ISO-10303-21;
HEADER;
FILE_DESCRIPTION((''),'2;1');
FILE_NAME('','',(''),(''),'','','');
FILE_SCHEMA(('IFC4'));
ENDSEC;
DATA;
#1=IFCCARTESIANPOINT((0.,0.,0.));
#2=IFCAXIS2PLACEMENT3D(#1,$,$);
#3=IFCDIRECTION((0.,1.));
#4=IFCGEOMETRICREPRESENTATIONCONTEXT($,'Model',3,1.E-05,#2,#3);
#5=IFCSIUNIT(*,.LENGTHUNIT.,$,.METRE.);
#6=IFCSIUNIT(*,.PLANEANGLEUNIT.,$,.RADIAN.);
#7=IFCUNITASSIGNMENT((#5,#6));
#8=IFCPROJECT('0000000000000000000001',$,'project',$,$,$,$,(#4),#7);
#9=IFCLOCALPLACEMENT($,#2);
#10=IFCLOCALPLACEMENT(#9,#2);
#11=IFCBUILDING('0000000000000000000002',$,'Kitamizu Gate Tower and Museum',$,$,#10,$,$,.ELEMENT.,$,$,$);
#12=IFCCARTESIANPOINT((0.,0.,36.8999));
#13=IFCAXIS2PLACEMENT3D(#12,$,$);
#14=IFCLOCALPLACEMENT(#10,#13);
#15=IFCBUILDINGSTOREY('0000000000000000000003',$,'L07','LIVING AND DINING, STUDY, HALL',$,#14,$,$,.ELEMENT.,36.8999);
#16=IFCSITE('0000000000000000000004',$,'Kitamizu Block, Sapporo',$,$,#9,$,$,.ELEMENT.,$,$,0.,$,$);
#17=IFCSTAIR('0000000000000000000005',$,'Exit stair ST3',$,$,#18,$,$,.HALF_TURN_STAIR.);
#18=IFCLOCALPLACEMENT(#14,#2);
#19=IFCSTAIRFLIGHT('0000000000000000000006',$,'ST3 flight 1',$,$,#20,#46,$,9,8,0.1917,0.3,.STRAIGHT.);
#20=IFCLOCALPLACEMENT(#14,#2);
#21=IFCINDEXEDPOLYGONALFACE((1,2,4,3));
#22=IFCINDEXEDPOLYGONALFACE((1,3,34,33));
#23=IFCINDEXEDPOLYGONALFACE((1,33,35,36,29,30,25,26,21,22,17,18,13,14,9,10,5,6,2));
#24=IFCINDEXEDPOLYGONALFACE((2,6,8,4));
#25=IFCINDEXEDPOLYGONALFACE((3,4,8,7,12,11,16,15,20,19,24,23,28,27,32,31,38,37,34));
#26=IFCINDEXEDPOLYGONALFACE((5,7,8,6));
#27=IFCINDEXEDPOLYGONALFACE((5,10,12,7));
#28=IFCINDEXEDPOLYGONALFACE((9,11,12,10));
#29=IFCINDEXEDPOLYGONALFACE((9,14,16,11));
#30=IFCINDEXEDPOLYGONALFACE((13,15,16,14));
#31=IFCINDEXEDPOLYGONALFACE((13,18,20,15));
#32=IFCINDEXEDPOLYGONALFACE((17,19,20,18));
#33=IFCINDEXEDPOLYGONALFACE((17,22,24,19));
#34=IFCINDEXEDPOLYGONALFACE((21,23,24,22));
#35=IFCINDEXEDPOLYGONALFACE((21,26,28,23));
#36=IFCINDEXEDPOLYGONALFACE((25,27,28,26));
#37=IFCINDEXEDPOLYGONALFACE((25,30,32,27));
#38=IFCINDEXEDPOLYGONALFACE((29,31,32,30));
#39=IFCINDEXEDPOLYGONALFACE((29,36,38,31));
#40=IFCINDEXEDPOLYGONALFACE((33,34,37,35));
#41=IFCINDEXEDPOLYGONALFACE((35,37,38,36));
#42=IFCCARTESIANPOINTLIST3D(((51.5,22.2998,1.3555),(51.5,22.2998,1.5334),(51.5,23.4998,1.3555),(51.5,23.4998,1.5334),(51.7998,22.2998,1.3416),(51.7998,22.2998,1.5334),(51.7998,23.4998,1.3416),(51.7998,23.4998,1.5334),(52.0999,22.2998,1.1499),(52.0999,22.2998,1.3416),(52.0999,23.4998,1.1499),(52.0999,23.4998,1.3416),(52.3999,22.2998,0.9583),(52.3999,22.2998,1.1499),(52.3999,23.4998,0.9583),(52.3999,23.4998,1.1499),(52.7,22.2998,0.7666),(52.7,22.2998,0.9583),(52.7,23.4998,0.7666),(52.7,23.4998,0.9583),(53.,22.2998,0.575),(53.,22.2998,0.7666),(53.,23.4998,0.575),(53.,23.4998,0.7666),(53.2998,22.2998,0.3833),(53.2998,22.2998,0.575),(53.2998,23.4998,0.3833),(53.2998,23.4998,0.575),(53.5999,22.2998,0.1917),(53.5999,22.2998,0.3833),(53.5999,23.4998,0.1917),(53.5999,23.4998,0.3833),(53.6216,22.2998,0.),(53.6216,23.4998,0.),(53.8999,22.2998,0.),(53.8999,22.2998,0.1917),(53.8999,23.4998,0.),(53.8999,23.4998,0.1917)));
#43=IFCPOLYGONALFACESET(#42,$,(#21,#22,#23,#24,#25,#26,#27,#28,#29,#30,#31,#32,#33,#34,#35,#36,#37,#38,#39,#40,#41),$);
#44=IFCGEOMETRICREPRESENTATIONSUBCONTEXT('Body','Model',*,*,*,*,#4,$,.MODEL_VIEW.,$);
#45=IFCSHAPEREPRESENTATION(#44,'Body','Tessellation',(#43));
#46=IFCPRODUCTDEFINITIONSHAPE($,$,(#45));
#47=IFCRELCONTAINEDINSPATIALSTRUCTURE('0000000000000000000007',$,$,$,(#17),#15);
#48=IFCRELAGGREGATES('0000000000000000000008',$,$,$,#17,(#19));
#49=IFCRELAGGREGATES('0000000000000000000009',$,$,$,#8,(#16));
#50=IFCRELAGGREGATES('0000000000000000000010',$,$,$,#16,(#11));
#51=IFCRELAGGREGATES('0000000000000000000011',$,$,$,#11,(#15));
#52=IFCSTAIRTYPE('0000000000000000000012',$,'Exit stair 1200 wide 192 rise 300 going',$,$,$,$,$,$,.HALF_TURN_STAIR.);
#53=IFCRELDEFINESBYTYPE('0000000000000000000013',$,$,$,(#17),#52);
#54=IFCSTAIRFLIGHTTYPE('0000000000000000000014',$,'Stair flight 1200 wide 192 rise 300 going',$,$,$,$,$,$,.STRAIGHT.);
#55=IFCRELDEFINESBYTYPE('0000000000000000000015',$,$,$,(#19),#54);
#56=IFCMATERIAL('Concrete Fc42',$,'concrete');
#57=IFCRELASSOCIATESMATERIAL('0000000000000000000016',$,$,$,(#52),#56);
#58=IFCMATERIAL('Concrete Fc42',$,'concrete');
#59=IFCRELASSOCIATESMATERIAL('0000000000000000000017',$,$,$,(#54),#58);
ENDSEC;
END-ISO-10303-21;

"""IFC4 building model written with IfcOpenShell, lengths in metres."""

from ifc_helpers import new_model, si_unit, direction, frame, origin, place, context, subcontext, project, spatial, polyline, outline, extrude, material, type_object, element, aggregate, save


model = new_model("IFC4")

# Units and contexts
model_context = context("Model", 3, precision=1e-05, world=origin(), true_north=direction((0.0, 1.0)))
body_context = subcontext(model_context, "Body", "Model", "MODEL_VIEW")
ifc_project = project(units=[si_unit("LENGTHUNIT", "METRE"), si_unit("PLANEANGLEUNIT", "RADIAN")], contexts=[model_context])

# Site, building, storey
site_placement = place(None, origin())
site = spatial("IfcSite", under=ifc_project, at=site_placement, Name="Kitamizu Block, Sapporo", CompositionType="ELEMENT", RefElevation=0.0)
building_placement = place(site_placement, origin())
building = spatial("IfcBuilding", under=site, at=building_placement, Name="Kitamizu Gate Tower and Museum", CompositionType="ELEMENT")
storey_placement = place(building_placement, frame((0.0, 0.0, 36.8999)))
storey = spatial("IfcBuildingStorey", under=building, at=storey_placement, Name="L07", Description="LIVING AND DINING, STUDY, HALL", CompositionType="ELEMENT", Elevation=36.8999)

# Stair, stair flight
ifc_material_1 = material(Name="Concrete Fc42", Category="concrete")
stair_type = type_object("IfcStairType", Name="Exit stair 1200 wide 192 rise 300 going", PredefinedType="HALF_TURN_STAIR", material=ifc_material_1)
stair_placement = place(storey_placement, origin())
stair = element("IfcStair", 1, at=stair_placement, inside=storey, type_object=stair_type, Name="Exit stair ST3", PredefinedType="HALF_TURN_STAIR")
ifc_material_2 = material(Name="Concrete Fc42", Category="concrete")
stair_flight_type = type_object("IfcStairFlightType", Name="Stair flight 1200 wide 192 rise 300 going", PredefinedType="STRAIGHT", material=ifc_material_2)
stair_flight_placement = place(storey_placement, frame((53.8999, 22.8999, 0.0), z_axis=(0.0, 0.0, 1.0), x_axis=(-1.0, 0.0, 0.0)))
stair_flight = element("IfcStairFlight", 2, at=stair_flight_placement, type_object=stair_flight_type, Name="ST3 flight 1", NumberOfRisers=9, NumberOfTreads=8, PredefinedType="STRAIGHT", RiserHeight=0.1917, TreadLength=0.3, context=body_context, shape_type="SweptSolid", body=[
    extrude(outline(polyline([(0.0, 0.0), (0.0, 0.1917), (0.3, 0.1917), (0.3, 0.3833), (0.6001, 0.3833), (0.6001, 0.575), (0.8999, 0.575), (0.8999, 0.7666), (1.2, 0.7666), (1.2, 0.9583), (1.5, 0.9583), (1.5, 1.1499), (1.8, 1.1499), (1.8, 1.3416), (2.1001, 1.3416), (2.1001, 1.5334), (2.3999, 1.5334), (2.3999, 1.7251), (2.3999, 1.3555), (0.2783, 0.0), (0.0, 0.0)])), frame((0.0, 0.6001, 0.0), z_axis=(0.0, -1.0, 0.0), x_axis=(1.0, 0.0, 0.0)), (0.0, 0.0, 1.0), 1.2),
])
aggregate(stair, [stair_flight])

save(model, "model.ifc")
